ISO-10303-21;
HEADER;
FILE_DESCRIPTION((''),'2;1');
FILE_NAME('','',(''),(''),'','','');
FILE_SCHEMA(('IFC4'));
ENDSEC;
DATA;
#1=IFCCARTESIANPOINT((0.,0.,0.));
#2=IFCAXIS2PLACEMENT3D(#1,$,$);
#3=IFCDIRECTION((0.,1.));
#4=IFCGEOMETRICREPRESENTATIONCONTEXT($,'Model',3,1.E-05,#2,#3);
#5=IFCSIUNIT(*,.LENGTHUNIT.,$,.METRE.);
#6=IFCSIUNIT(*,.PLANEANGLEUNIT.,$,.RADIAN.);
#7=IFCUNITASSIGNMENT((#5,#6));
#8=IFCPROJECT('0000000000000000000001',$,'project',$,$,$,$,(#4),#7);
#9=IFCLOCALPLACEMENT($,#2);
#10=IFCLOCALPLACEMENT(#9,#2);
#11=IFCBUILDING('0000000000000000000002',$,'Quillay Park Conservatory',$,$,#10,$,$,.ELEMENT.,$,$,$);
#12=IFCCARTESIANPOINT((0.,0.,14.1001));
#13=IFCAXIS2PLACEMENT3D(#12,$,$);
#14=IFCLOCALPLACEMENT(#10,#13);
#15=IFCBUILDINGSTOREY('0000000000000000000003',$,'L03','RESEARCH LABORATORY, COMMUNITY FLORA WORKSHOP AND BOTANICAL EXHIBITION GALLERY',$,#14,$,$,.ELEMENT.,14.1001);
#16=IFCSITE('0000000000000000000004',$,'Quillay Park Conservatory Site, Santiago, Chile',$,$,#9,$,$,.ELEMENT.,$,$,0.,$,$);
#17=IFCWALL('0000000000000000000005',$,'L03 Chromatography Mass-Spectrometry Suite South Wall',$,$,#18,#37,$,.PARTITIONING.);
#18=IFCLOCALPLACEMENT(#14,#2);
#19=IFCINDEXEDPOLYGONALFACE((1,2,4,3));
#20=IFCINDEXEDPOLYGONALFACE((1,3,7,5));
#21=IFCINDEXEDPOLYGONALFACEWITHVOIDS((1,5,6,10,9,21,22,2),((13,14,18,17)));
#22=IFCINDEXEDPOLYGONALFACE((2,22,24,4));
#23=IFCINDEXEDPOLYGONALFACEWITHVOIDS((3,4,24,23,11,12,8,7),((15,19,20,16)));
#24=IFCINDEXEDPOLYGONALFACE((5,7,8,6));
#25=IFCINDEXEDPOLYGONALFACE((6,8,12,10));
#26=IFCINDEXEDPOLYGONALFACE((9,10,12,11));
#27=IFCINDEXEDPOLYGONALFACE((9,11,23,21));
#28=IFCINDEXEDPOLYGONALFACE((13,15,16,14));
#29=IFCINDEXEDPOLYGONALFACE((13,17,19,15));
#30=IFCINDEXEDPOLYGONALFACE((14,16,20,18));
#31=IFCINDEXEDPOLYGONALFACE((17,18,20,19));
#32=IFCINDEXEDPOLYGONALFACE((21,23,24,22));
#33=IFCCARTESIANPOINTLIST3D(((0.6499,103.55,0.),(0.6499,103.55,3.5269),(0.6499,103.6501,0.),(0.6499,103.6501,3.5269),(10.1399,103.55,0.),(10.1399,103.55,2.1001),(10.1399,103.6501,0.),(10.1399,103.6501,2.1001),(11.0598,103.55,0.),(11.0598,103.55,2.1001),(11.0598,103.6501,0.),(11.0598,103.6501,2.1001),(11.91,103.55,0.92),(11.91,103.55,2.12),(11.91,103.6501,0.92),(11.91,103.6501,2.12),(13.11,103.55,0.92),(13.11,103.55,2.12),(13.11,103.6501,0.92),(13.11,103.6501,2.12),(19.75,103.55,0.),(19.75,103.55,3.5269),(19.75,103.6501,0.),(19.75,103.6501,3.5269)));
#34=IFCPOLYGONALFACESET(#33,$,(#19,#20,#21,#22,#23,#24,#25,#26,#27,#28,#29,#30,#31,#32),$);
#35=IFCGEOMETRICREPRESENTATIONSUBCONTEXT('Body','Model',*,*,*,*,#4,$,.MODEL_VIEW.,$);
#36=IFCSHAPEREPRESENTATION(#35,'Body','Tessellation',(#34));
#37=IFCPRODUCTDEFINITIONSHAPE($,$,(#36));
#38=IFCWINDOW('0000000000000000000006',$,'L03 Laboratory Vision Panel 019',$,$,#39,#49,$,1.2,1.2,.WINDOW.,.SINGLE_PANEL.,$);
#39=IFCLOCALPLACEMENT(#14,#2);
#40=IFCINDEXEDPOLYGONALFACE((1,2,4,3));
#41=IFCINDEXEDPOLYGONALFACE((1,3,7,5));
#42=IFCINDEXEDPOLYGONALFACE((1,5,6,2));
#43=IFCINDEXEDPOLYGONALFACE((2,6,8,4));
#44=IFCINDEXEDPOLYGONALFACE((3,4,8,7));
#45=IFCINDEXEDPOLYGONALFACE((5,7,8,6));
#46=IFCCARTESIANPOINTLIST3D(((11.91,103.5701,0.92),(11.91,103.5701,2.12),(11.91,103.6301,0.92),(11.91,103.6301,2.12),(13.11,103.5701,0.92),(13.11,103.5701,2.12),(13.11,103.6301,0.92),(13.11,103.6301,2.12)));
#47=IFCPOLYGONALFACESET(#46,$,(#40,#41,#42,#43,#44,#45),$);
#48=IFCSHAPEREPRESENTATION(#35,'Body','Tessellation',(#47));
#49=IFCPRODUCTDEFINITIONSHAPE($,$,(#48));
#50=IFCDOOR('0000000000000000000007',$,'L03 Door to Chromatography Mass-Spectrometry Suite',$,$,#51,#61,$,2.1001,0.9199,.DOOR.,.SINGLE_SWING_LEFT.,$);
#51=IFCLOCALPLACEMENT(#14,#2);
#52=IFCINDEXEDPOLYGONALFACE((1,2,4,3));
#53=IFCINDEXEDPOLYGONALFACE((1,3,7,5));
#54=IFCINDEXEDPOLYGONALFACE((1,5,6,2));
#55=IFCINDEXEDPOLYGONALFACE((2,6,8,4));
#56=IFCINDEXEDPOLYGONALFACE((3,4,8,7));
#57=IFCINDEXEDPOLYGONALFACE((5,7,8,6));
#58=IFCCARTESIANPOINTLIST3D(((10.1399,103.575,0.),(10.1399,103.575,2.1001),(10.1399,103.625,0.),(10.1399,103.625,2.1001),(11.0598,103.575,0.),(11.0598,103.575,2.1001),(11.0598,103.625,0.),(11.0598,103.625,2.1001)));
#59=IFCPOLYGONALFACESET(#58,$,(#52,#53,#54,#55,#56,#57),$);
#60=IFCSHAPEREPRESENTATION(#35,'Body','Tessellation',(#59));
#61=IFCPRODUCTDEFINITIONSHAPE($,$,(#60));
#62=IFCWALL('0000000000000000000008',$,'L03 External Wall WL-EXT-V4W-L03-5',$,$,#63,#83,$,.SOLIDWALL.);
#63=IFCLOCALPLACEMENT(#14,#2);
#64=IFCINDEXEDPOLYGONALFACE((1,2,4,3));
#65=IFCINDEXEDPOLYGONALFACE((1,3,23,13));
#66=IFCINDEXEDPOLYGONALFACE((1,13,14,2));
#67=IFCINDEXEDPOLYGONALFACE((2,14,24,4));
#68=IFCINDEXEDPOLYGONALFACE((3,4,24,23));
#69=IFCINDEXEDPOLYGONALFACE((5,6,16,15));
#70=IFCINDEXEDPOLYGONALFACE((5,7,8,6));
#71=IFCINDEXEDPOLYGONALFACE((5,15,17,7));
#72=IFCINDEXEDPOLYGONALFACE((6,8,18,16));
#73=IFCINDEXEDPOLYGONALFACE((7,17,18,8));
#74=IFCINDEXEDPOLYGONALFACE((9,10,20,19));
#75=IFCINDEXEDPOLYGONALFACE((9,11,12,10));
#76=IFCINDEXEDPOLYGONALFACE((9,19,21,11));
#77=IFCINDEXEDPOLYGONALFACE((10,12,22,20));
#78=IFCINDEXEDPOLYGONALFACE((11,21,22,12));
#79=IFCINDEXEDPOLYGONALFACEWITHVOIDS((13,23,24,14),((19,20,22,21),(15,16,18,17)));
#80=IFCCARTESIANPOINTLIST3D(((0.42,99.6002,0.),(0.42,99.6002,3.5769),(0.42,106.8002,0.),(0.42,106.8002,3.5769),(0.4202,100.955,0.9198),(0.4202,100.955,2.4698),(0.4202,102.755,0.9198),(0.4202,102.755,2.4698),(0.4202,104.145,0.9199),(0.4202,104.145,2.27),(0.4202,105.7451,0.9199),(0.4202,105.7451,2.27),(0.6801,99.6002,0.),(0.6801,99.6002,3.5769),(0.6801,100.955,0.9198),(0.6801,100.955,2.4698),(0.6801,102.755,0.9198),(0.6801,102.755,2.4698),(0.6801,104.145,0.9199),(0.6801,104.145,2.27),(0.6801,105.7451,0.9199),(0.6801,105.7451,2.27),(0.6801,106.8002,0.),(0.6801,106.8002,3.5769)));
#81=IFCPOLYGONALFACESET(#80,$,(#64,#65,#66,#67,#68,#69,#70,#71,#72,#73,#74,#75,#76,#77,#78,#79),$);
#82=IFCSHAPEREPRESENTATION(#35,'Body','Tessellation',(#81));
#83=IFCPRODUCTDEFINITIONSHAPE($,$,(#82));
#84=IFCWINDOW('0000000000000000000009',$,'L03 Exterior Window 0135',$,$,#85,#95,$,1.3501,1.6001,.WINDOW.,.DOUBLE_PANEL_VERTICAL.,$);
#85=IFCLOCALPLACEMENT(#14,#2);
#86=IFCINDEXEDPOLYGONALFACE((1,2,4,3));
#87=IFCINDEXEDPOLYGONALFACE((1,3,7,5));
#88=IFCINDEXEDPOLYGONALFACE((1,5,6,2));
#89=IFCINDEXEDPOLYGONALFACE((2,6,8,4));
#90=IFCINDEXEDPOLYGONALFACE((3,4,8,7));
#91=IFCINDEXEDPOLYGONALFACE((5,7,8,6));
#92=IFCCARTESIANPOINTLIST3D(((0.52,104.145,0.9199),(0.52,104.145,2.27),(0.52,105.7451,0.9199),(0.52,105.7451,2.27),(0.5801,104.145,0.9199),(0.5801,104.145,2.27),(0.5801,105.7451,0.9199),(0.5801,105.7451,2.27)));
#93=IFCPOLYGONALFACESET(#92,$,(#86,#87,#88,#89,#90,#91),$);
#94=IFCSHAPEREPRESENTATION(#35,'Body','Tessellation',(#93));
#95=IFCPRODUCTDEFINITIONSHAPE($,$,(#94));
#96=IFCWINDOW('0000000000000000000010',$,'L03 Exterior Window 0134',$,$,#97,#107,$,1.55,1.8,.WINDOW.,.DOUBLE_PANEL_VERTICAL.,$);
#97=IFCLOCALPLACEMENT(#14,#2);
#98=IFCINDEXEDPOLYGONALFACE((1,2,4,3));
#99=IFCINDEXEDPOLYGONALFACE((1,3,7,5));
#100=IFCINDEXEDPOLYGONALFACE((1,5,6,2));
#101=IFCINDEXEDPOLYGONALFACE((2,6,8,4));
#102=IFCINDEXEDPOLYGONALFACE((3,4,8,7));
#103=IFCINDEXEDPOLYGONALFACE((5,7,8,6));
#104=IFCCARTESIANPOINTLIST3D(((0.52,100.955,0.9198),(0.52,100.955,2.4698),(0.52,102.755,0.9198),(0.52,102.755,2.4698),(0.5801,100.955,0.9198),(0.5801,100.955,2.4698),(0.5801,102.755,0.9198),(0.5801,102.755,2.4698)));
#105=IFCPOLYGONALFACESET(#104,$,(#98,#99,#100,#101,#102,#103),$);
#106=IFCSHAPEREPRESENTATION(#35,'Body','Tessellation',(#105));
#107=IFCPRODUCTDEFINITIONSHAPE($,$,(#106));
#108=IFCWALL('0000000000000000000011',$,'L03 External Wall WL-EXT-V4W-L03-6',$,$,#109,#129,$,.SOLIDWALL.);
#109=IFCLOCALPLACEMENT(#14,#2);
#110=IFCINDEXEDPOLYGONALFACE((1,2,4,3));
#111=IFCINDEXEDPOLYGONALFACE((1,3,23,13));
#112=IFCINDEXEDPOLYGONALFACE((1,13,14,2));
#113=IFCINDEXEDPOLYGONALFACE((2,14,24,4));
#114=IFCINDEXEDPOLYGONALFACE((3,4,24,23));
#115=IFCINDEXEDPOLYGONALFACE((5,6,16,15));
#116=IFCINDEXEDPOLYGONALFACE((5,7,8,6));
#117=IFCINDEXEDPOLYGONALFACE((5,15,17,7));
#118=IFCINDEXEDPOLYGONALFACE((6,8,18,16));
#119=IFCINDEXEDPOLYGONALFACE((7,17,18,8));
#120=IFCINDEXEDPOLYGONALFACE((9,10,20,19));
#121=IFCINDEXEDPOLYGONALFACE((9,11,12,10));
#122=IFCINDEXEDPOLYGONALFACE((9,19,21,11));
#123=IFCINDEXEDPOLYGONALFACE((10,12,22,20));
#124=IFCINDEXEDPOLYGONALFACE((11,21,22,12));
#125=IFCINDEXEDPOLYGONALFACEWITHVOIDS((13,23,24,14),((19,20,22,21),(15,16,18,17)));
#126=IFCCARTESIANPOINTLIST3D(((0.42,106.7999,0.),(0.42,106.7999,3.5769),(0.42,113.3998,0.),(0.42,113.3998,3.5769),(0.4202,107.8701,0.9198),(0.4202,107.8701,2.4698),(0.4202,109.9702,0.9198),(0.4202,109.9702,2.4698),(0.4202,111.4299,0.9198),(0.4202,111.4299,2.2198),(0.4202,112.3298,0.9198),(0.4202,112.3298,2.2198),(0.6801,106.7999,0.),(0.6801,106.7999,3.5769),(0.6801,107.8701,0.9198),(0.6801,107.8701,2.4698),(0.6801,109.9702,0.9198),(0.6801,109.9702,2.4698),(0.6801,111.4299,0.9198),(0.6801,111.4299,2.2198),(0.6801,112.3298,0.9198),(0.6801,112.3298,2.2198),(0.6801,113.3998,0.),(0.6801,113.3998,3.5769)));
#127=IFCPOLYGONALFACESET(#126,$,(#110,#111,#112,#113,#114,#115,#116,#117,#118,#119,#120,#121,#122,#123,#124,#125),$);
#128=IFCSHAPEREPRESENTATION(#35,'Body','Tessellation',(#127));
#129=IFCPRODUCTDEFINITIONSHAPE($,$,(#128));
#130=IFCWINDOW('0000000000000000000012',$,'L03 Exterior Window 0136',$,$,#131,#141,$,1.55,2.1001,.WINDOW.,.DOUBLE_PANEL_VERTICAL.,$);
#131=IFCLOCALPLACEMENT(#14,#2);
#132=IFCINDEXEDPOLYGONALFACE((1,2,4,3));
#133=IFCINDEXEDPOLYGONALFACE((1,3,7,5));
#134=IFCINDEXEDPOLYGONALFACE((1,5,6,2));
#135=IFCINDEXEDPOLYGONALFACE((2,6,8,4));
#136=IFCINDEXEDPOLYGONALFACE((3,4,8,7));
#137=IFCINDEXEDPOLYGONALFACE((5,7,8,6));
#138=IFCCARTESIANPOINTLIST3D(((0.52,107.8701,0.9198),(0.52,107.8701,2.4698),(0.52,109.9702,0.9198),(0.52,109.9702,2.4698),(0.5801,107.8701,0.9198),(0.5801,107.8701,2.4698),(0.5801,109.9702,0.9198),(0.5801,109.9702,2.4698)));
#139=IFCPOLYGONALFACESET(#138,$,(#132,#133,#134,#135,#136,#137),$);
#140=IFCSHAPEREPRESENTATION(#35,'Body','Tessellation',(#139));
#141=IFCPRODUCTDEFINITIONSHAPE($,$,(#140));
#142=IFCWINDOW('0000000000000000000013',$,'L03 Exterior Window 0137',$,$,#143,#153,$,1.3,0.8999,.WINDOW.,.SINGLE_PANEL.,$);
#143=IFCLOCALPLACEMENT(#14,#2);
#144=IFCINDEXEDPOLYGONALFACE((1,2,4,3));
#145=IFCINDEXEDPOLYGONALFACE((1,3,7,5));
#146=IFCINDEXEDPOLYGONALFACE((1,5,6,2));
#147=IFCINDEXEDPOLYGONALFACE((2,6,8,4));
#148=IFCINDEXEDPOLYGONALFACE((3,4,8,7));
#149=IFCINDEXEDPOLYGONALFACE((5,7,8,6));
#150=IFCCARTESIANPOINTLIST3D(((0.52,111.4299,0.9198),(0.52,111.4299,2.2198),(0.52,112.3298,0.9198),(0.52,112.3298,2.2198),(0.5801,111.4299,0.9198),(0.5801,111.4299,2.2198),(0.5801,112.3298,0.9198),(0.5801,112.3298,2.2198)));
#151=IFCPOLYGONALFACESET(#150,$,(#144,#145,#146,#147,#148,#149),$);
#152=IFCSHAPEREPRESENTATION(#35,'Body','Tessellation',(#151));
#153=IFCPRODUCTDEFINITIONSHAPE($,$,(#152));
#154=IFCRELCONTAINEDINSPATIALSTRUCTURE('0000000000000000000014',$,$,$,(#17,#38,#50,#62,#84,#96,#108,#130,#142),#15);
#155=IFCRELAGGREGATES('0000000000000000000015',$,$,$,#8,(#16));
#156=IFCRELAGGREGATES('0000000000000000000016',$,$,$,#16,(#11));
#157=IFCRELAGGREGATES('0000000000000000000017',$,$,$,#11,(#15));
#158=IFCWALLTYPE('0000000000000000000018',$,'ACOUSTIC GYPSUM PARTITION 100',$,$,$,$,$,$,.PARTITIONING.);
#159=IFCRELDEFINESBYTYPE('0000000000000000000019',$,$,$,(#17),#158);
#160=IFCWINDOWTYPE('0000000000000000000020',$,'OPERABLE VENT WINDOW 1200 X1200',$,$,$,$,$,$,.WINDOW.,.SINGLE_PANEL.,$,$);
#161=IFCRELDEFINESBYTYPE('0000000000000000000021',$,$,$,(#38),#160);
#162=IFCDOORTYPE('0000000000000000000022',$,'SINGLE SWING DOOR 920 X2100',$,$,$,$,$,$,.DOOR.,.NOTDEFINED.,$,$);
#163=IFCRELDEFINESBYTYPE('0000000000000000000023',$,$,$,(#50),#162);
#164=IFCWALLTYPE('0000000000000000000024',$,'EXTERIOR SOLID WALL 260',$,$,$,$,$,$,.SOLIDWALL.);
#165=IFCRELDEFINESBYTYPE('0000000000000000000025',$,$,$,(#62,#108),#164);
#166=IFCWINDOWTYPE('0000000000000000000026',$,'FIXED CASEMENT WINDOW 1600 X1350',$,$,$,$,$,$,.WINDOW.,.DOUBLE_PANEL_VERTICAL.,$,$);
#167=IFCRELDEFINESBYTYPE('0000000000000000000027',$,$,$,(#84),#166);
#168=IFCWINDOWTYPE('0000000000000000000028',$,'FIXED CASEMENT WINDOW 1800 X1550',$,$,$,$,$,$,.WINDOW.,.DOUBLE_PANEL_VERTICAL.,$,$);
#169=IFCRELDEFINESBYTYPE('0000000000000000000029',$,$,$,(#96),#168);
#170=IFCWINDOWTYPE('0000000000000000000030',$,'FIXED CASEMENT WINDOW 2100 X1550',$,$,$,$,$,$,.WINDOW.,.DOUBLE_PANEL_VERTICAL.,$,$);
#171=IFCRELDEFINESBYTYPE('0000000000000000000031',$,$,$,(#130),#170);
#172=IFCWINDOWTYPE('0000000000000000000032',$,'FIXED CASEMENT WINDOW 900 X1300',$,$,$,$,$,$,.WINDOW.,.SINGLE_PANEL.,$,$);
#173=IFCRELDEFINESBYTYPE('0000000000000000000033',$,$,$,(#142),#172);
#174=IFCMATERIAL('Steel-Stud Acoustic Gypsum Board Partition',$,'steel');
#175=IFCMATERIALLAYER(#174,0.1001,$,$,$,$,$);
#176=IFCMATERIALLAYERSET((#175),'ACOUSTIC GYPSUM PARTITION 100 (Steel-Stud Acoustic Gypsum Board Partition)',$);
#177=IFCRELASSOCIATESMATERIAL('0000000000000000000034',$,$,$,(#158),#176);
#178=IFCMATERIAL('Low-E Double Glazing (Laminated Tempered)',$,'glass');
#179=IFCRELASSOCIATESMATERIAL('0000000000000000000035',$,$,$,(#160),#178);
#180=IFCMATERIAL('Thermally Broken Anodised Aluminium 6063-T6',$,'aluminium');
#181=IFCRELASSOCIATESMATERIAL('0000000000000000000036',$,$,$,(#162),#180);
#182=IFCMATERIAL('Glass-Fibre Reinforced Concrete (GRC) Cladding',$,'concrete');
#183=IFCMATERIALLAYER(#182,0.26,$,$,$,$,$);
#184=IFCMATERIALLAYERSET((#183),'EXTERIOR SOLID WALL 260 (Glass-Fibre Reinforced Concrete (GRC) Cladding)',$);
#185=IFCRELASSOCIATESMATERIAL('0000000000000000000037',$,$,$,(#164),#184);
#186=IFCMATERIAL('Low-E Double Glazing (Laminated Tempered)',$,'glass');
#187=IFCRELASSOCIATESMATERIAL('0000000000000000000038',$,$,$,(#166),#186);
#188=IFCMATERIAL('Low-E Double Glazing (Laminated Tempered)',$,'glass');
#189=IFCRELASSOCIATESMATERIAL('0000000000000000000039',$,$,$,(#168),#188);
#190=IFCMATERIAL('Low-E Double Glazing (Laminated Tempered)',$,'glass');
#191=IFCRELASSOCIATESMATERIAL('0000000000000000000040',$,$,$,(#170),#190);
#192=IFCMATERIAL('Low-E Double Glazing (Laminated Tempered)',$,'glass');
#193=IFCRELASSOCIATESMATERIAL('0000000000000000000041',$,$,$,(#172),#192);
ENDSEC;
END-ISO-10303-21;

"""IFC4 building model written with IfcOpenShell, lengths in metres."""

from ifc_helpers import new_model, si_unit, direction, frame, frame_2d, origin, place, context, subcontext, project, spatial, rectangle, extrude, material, layer, layer_set, type_object, element, fill, save


model = new_model("IFC4")

# Units and contexts
model_context = context("Model", 3, precision=1e-05, world=origin(), true_north=direction((0.0, 1.0)))
body_context = subcontext(model_context, "Body", "Model", "MODEL_VIEW")
ifc_project = project(units=[si_unit("LENGTHUNIT", "METRE"), si_unit("PLANEANGLEUNIT", "RADIAN")], contexts=[model_context])

# Site, building, storey
site_placement = place(None, origin())
site = spatial("IfcSite", under=ifc_project, at=site_placement, Name="Quillay Park Conservatory Site, Santiago, Chile", CompositionType="ELEMENT", RefElevation=0.0)
building_placement = place(site_placement, origin())
building = spatial("IfcBuilding", under=site, at=building_placement, Name="Quillay Park Conservatory", CompositionType="ELEMENT")
storey_placement = place(building_placement, frame((0.0, 0.0, 14.1001)))
storey = spatial("IfcBuildingStorey", under=building, at=storey_placement, Name="L03", Description="RESEARCH LABORATORY, COMMUNITY FLORA WORKSHOP AND BOTANICAL EXHIBITION GALLERY", CompositionType="ELEMENT", Elevation=14.1001)

# Wall, openings, window, door
ifc_material_1 = material(Name="Steel-Stud Acoustic Gypsum Board Partition", Category="steel")
ifc_layer_1 = layer(ifc_material_1, 0.1001)
ifc_layer_set_1 = layer_set([ifc_layer_1], Name="ACOUSTIC GYPSUM PARTITION 100 (Steel-Stud Acoustic Gypsum Board Partition)")
wall_type_1 = type_object("IfcWallType", Name="ACOUSTIC GYPSUM PARTITION 100", PredefinedType="PARTITIONING", material=ifc_layer_set_1)
wall_1_placement = place(storey_placement, frame((0.6499, 103.6001, 0.0), z_axis=(0.0, 0.0, 1.0), x_axis=(1.0, 0.0, 0.0)))
wall_1 = element("IfcWall", 1, at=wall_1_placement, inside=storey, type_object=wall_type_1, Name="L03 Chromatography Mass-Spectrometry Suite South Wall", PredefinedType="PARTITIONING", context=body_context, shape_type="SweptSolid", body=[
    extrude(rectangle(XDim=19.1001, YDim=0.1001, at=frame_2d((9.55, 0.0))), origin(), (0.0, 0.0, 1.0), 3.5269),
])
opening_1_placement = place(wall_1_placement, frame((9.49, 0.0, 0.0)))
opening_1 = element("IfcOpeningElement", 2, at=opening_1_placement, cuts=wall_1, PredefinedType="OPENING", context=body_context, shape_type="SweptSolid", body=[
    extrude(rectangle(XDim=0.9199, YDim=2.1001, at=frame_2d((0.46, 1.05))), frame((0.0, 0.05, 0.0), z_axis=(0.0, -1.0, 0.0), x_axis=(1.0, 0.0, 0.0)), (0.0, 0.0, 1.0), 0.1001),
])
opening_2_placement = place(wall_1_placement, frame((11.26, 0.0, 0.9199)))
opening_2 = element("IfcOpeningElement", 3, at=opening_2_placement, cuts=wall_1, PredefinedType="OPENING", context=body_context, shape_type="SweptSolid", body=[
    extrude(rectangle(XDim=1.2, YDim=1.2, at=frame_2d((0.6001, 0.6001))), frame((0.0, 0.05, 0.0), z_axis=(0.0, -1.0, 0.0), x_axis=(1.0, 0.0, 0.0)), (0.0, 0.0, 1.0), 0.1001),
])
ifc_material_2 = material(Name="Low-E Double Glazing (Laminated Tempered)", Category="glass")
window_type_1 = type_object("IfcWindowType", Name="OPERABLE VENT WINDOW 1200 X1200", PartitioningType="SINGLE_PANEL", PredefinedType="WINDOW", material=ifc_material_2)
window_1_placement = place(opening_2_placement, origin())
window_1 = element("IfcWindow", 4, at=window_1_placement, inside=storey, type_object=window_type_1, Name="L03 Laboratory Vision Panel 019", OverallHeight=1.2, OverallWidth=1.2, PartitioningType="SINGLE_PANEL", PredefinedType="WINDOW", context=body_context, shape_type="SweptSolid", body=[
    extrude(rectangle(XDim=1.2, YDim=1.2, at=frame_2d((0.6001, 0.6001))), frame((0.0, 0.03, 0.0), z_axis=(0.0, -1.0, 0.0), x_axis=(1.0, 0.0, 0.0)), (0.0, 0.0, 1.0), 0.0601),
])
fill(opening_2, window_1)
ifc_material_3 = material(Name="Thermally Broken Anodised Aluminium 6063-T6", Category="aluminium")
door_type = type_object("IfcDoorType", Name="SINGLE SWING DOOR 920 X2100", OperationType="NOTDEFINED", PredefinedType="DOOR", material=ifc_material_3)
door_placement = place(opening_1_placement, origin())
door = element("IfcDoor", 5, at=door_placement, inside=storey, type_object=door_type, Name="L03 Door to Chromatography Mass-Spectrometry Suite", OperationType="SINGLE_SWING_LEFT", OverallHeight=2.1001, OverallWidth=0.9199, PredefinedType="DOOR", context=body_context, shape_type="SweptSolid", body=[
    extrude(rectangle(XDim=0.9199, YDim=2.1001, at=frame_2d((0.46, 1.05))), frame((0.0, 0.0249, 0.0), z_axis=(0.0, -1.0, 0.0), x_axis=(1.0, 0.0, 0.0)), (0.0, 0.0, 1.0), 0.05),
])
fill(opening_1, door)

# Walls, openings, windows
ifc_material_4 = material(Name="Glass-Fibre Reinforced Concrete (GRC) Cladding", Category="concrete")
ifc_layer_2 = layer(ifc_material_4, 0.26)
ifc_layer_set_2 = layer_set([ifc_layer_2], Name="EXTERIOR SOLID WALL 260 (Glass-Fibre Reinforced Concrete (GRC) Cladding)")
wall_type_2 = type_object("IfcWallType", Name="EXTERIOR SOLID WALL 260", PredefinedType="SOLIDWALL", material=ifc_layer_set_2)
wall_2_placement = place(storey_placement, frame((0.55, 99.6001, 0.0), z_axis=(0.0, 0.0, 1.0), x_axis=(0.0, 1.0, 0.0)))
wall_2 = element("IfcWall", 6, at=wall_2_placement, inside=storey, type_object=wall_type_2, Name="L03 External Wall WL-EXT-V4W-L03-5", PredefinedType="SOLIDWALL", context=body_context, shape_type="SweptSolid", body=[
    extrude(rectangle(XDim=7.2, YDim=0.26, at=frame_2d((3.6001, 0.0))), origin(), (0.0, 0.0, 1.0), 3.5769),
])
opening_3_placement = place(wall_2_placement, frame((1.355, 0.0, 0.9199)))
opening_3 = element("IfcOpeningElement", 7, at=opening_3_placement, cuts=wall_2, PredefinedType="OPENING", context=body_context, shape_type="SweptSolid", body=[
    extrude(rectangle(XDim=1.8, YDim=1.55, at=frame_2d((0.8999, 0.7749))), frame((0.0, 0.1299, 0.0), z_axis=(0.0, -1.0, 0.0), x_axis=(1.0, 0.0, 0.0)), (0.0, 0.0, 1.0), 0.26),
])
opening_4_placement = place(wall_2_placement, frame((4.5449, 0.0, 0.9199)))
opening_4 = element("IfcOpeningElement", 8, at=opening_4_placement, cuts=wall_2, PredefinedType="OPENING", context=body_context, shape_type="SweptSolid", body=[
    extrude(rectangle(XDim=1.6001, YDim=1.3501, at=frame_2d((0.8, 0.675))), frame((0.0, 0.1299, 0.0), z_axis=(0.0, -1.0, 0.0), x_axis=(1.0, 0.0, 0.0)), (0.0, 0.0, 1.0), 0.26),
])
ifc_material_5 = material(Name="Low-E Double Glazing (Laminated Tempered)", Category="glass")
window_type_2 = type_object("IfcWindowType", Name="FIXED CASEMENT WINDOW 1600 X1350", PartitioningType="DOUBLE_PANEL_VERTICAL", PredefinedType="WINDOW", material=ifc_material_5)
window_2_placement = place(opening_4_placement, origin())
window_2 = element("IfcWindow", 9, at=window_2_placement, inside=storey, type_object=window_type_2, Name="L03 Exterior Window 0135", OverallHeight=1.3501, OverallWidth=1.6001, PartitioningType="DOUBLE_PANEL_VERTICAL", PredefinedType="WINDOW", context=body_context, shape_type="SweptSolid", body=[
    extrude(rectangle(XDim=1.6001, YDim=1.3501, at=frame_2d((0.8, 0.675))), frame((0.0, 0.03, 0.0), z_axis=(0.0, -1.0, 0.0), x_axis=(1.0, 0.0, 0.0)), (0.0, 0.0, 1.0), 0.0601),
])
fill(opening_4, window_2)
ifc_material_6 = material(Name="Low-E Double Glazing (Laminated Tempered)", Category="glass")
window_type_3 = type_object("IfcWindowType", Name="FIXED CASEMENT WINDOW 1800 X1550", PartitioningType="DOUBLE_PANEL_VERTICAL", PredefinedType="WINDOW", material=ifc_material_6)
window_3_placement = place(opening_3_placement, origin())
window_3 = element("IfcWindow", 10, at=window_3_placement, inside=storey, type_object=window_type_3, Name="L03 Exterior Window 0134", OverallHeight=1.55, OverallWidth=1.8, PartitioningType="DOUBLE_PANEL_VERTICAL", PredefinedType="WINDOW", context=body_context, shape_type="SweptSolid", body=[
    extrude(rectangle(XDim=1.8, YDim=1.55, at=frame_2d((0.8999, 0.7749))), frame((0.0, 0.03, 0.0), z_axis=(0.0, -1.0, 0.0), x_axis=(1.0, 0.0, 0.0)), (0.0, 0.0, 1.0), 0.0601),
])
fill(opening_3, window_3)
wall_3_placement = place(storey_placement, frame((0.55, 106.8, 0.0), z_axis=(0.0, 0.0, 1.0), x_axis=(0.0, 1.0, 0.0)))
wall_3 = element("IfcWall", 11, at=wall_3_placement, inside=storey, type_object=wall_type_2, Name="L03 External Wall WL-EXT-V4W-L03-6", PredefinedType="SOLIDWALL", context=body_context, shape_type="SweptSolid", body=[
    extrude(rectangle(XDim=6.5999, YDim=0.26, at=frame_2d((3.2998, 0.0))), origin(), (0.0, 0.0, 1.0), 3.5769),
])
opening_5_placement = place(wall_3_placement, frame((1.0701, 0.0, 0.9199)))
opening_5 = element("IfcOpeningElement", 12, at=opening_5_placement, cuts=wall_3, PredefinedType="OPENING", context=body_context, shape_type="SweptSolid", body=[
    extrude(rectangle(XDim=2.1001, YDim=1.55, at=frame_2d((1.05, 0.7749))), frame((0.0, 0.1299, 0.0), z_axis=(0.0, -1.0, 0.0), x_axis=(1.0, 0.0, 0.0)), (0.0, 0.0, 1.0), 0.26),
])
opening_6_placement = place(wall_3_placement, frame((4.6299, 0.0, 0.9199)))
opening_6 = element("IfcOpeningElement", 13, at=opening_6_placement, cuts=wall_3, PredefinedType="OPENING", context=body_context, shape_type="SweptSolid", body=[
    extrude(rectangle(XDim=0.8999, YDim=1.3, at=frame_2d((0.45, 0.6499))), frame((0.0, 0.1299, 0.0), z_axis=(0.0, -1.0, 0.0), x_axis=(1.0, 0.0, 0.0)), (0.0, 0.0, 1.0), 0.26),
])
ifc_material_7 = material(Name="Low-E Double Glazing (Laminated Tempered)", Category="glass")
window_type_4 = type_object("IfcWindowType", Name="FIXED CASEMENT WINDOW 2100 X1550", PartitioningType="DOUBLE_PANEL_VERTICAL", PredefinedType="WINDOW", material=ifc_material_7)
window_4_placement = place(opening_5_placement, origin())
window_4 = element("IfcWindow", 14, at=window_4_placement, inside=storey, type_object=window_type_4, Name="L03 Exterior Window 0136", OverallHeight=1.55, OverallWidth=2.1001, PartitioningType="DOUBLE_PANEL_VERTICAL", PredefinedType="WINDOW", context=body_context, shape_type="SweptSolid", body=[
    extrude(rectangle(XDim=2.1001, YDim=1.55, at=frame_2d((1.05, 0.7749))), frame((0.0, 0.03, 0.0), z_axis=(0.0, -1.0, 0.0), x_axis=(1.0, 0.0, 0.0)), (0.0, 0.0, 1.0), 0.0601),
])
fill(opening_5, window_4)
ifc_material_8 = material(Name="Low-E Double Glazing (Laminated Tempered)", Category="glass")
window_type_5 = type_object("IfcWindowType", Name="FIXED CASEMENT WINDOW 900 X1300", PartitioningType="SINGLE_PANEL", PredefinedType="WINDOW", material=ifc_material_8)
window_5_placement = place(opening_6_placement, origin())
window_5 = element("IfcWindow", 15, at=window_5_placement, inside=storey, type_object=window_type_5, Name="L03 Exterior Window 0137", OverallHeight=1.3, OverallWidth=0.8999, PartitioningType="SINGLE_PANEL", PredefinedType="WINDOW", context=body_context, shape_type="SweptSolid", body=[
    extrude(rectangle(XDim=0.8999, YDim=1.3, at=frame_2d((0.45, 0.6499))), frame((0.0, 0.03, 0.0), z_axis=(0.0, -1.0, 0.0), x_axis=(1.0, 0.0, 0.0)), (0.0, 0.0, 1.0), 0.0601),
])
fill(opening_6, window_5)

save(model, "model.ifc")
